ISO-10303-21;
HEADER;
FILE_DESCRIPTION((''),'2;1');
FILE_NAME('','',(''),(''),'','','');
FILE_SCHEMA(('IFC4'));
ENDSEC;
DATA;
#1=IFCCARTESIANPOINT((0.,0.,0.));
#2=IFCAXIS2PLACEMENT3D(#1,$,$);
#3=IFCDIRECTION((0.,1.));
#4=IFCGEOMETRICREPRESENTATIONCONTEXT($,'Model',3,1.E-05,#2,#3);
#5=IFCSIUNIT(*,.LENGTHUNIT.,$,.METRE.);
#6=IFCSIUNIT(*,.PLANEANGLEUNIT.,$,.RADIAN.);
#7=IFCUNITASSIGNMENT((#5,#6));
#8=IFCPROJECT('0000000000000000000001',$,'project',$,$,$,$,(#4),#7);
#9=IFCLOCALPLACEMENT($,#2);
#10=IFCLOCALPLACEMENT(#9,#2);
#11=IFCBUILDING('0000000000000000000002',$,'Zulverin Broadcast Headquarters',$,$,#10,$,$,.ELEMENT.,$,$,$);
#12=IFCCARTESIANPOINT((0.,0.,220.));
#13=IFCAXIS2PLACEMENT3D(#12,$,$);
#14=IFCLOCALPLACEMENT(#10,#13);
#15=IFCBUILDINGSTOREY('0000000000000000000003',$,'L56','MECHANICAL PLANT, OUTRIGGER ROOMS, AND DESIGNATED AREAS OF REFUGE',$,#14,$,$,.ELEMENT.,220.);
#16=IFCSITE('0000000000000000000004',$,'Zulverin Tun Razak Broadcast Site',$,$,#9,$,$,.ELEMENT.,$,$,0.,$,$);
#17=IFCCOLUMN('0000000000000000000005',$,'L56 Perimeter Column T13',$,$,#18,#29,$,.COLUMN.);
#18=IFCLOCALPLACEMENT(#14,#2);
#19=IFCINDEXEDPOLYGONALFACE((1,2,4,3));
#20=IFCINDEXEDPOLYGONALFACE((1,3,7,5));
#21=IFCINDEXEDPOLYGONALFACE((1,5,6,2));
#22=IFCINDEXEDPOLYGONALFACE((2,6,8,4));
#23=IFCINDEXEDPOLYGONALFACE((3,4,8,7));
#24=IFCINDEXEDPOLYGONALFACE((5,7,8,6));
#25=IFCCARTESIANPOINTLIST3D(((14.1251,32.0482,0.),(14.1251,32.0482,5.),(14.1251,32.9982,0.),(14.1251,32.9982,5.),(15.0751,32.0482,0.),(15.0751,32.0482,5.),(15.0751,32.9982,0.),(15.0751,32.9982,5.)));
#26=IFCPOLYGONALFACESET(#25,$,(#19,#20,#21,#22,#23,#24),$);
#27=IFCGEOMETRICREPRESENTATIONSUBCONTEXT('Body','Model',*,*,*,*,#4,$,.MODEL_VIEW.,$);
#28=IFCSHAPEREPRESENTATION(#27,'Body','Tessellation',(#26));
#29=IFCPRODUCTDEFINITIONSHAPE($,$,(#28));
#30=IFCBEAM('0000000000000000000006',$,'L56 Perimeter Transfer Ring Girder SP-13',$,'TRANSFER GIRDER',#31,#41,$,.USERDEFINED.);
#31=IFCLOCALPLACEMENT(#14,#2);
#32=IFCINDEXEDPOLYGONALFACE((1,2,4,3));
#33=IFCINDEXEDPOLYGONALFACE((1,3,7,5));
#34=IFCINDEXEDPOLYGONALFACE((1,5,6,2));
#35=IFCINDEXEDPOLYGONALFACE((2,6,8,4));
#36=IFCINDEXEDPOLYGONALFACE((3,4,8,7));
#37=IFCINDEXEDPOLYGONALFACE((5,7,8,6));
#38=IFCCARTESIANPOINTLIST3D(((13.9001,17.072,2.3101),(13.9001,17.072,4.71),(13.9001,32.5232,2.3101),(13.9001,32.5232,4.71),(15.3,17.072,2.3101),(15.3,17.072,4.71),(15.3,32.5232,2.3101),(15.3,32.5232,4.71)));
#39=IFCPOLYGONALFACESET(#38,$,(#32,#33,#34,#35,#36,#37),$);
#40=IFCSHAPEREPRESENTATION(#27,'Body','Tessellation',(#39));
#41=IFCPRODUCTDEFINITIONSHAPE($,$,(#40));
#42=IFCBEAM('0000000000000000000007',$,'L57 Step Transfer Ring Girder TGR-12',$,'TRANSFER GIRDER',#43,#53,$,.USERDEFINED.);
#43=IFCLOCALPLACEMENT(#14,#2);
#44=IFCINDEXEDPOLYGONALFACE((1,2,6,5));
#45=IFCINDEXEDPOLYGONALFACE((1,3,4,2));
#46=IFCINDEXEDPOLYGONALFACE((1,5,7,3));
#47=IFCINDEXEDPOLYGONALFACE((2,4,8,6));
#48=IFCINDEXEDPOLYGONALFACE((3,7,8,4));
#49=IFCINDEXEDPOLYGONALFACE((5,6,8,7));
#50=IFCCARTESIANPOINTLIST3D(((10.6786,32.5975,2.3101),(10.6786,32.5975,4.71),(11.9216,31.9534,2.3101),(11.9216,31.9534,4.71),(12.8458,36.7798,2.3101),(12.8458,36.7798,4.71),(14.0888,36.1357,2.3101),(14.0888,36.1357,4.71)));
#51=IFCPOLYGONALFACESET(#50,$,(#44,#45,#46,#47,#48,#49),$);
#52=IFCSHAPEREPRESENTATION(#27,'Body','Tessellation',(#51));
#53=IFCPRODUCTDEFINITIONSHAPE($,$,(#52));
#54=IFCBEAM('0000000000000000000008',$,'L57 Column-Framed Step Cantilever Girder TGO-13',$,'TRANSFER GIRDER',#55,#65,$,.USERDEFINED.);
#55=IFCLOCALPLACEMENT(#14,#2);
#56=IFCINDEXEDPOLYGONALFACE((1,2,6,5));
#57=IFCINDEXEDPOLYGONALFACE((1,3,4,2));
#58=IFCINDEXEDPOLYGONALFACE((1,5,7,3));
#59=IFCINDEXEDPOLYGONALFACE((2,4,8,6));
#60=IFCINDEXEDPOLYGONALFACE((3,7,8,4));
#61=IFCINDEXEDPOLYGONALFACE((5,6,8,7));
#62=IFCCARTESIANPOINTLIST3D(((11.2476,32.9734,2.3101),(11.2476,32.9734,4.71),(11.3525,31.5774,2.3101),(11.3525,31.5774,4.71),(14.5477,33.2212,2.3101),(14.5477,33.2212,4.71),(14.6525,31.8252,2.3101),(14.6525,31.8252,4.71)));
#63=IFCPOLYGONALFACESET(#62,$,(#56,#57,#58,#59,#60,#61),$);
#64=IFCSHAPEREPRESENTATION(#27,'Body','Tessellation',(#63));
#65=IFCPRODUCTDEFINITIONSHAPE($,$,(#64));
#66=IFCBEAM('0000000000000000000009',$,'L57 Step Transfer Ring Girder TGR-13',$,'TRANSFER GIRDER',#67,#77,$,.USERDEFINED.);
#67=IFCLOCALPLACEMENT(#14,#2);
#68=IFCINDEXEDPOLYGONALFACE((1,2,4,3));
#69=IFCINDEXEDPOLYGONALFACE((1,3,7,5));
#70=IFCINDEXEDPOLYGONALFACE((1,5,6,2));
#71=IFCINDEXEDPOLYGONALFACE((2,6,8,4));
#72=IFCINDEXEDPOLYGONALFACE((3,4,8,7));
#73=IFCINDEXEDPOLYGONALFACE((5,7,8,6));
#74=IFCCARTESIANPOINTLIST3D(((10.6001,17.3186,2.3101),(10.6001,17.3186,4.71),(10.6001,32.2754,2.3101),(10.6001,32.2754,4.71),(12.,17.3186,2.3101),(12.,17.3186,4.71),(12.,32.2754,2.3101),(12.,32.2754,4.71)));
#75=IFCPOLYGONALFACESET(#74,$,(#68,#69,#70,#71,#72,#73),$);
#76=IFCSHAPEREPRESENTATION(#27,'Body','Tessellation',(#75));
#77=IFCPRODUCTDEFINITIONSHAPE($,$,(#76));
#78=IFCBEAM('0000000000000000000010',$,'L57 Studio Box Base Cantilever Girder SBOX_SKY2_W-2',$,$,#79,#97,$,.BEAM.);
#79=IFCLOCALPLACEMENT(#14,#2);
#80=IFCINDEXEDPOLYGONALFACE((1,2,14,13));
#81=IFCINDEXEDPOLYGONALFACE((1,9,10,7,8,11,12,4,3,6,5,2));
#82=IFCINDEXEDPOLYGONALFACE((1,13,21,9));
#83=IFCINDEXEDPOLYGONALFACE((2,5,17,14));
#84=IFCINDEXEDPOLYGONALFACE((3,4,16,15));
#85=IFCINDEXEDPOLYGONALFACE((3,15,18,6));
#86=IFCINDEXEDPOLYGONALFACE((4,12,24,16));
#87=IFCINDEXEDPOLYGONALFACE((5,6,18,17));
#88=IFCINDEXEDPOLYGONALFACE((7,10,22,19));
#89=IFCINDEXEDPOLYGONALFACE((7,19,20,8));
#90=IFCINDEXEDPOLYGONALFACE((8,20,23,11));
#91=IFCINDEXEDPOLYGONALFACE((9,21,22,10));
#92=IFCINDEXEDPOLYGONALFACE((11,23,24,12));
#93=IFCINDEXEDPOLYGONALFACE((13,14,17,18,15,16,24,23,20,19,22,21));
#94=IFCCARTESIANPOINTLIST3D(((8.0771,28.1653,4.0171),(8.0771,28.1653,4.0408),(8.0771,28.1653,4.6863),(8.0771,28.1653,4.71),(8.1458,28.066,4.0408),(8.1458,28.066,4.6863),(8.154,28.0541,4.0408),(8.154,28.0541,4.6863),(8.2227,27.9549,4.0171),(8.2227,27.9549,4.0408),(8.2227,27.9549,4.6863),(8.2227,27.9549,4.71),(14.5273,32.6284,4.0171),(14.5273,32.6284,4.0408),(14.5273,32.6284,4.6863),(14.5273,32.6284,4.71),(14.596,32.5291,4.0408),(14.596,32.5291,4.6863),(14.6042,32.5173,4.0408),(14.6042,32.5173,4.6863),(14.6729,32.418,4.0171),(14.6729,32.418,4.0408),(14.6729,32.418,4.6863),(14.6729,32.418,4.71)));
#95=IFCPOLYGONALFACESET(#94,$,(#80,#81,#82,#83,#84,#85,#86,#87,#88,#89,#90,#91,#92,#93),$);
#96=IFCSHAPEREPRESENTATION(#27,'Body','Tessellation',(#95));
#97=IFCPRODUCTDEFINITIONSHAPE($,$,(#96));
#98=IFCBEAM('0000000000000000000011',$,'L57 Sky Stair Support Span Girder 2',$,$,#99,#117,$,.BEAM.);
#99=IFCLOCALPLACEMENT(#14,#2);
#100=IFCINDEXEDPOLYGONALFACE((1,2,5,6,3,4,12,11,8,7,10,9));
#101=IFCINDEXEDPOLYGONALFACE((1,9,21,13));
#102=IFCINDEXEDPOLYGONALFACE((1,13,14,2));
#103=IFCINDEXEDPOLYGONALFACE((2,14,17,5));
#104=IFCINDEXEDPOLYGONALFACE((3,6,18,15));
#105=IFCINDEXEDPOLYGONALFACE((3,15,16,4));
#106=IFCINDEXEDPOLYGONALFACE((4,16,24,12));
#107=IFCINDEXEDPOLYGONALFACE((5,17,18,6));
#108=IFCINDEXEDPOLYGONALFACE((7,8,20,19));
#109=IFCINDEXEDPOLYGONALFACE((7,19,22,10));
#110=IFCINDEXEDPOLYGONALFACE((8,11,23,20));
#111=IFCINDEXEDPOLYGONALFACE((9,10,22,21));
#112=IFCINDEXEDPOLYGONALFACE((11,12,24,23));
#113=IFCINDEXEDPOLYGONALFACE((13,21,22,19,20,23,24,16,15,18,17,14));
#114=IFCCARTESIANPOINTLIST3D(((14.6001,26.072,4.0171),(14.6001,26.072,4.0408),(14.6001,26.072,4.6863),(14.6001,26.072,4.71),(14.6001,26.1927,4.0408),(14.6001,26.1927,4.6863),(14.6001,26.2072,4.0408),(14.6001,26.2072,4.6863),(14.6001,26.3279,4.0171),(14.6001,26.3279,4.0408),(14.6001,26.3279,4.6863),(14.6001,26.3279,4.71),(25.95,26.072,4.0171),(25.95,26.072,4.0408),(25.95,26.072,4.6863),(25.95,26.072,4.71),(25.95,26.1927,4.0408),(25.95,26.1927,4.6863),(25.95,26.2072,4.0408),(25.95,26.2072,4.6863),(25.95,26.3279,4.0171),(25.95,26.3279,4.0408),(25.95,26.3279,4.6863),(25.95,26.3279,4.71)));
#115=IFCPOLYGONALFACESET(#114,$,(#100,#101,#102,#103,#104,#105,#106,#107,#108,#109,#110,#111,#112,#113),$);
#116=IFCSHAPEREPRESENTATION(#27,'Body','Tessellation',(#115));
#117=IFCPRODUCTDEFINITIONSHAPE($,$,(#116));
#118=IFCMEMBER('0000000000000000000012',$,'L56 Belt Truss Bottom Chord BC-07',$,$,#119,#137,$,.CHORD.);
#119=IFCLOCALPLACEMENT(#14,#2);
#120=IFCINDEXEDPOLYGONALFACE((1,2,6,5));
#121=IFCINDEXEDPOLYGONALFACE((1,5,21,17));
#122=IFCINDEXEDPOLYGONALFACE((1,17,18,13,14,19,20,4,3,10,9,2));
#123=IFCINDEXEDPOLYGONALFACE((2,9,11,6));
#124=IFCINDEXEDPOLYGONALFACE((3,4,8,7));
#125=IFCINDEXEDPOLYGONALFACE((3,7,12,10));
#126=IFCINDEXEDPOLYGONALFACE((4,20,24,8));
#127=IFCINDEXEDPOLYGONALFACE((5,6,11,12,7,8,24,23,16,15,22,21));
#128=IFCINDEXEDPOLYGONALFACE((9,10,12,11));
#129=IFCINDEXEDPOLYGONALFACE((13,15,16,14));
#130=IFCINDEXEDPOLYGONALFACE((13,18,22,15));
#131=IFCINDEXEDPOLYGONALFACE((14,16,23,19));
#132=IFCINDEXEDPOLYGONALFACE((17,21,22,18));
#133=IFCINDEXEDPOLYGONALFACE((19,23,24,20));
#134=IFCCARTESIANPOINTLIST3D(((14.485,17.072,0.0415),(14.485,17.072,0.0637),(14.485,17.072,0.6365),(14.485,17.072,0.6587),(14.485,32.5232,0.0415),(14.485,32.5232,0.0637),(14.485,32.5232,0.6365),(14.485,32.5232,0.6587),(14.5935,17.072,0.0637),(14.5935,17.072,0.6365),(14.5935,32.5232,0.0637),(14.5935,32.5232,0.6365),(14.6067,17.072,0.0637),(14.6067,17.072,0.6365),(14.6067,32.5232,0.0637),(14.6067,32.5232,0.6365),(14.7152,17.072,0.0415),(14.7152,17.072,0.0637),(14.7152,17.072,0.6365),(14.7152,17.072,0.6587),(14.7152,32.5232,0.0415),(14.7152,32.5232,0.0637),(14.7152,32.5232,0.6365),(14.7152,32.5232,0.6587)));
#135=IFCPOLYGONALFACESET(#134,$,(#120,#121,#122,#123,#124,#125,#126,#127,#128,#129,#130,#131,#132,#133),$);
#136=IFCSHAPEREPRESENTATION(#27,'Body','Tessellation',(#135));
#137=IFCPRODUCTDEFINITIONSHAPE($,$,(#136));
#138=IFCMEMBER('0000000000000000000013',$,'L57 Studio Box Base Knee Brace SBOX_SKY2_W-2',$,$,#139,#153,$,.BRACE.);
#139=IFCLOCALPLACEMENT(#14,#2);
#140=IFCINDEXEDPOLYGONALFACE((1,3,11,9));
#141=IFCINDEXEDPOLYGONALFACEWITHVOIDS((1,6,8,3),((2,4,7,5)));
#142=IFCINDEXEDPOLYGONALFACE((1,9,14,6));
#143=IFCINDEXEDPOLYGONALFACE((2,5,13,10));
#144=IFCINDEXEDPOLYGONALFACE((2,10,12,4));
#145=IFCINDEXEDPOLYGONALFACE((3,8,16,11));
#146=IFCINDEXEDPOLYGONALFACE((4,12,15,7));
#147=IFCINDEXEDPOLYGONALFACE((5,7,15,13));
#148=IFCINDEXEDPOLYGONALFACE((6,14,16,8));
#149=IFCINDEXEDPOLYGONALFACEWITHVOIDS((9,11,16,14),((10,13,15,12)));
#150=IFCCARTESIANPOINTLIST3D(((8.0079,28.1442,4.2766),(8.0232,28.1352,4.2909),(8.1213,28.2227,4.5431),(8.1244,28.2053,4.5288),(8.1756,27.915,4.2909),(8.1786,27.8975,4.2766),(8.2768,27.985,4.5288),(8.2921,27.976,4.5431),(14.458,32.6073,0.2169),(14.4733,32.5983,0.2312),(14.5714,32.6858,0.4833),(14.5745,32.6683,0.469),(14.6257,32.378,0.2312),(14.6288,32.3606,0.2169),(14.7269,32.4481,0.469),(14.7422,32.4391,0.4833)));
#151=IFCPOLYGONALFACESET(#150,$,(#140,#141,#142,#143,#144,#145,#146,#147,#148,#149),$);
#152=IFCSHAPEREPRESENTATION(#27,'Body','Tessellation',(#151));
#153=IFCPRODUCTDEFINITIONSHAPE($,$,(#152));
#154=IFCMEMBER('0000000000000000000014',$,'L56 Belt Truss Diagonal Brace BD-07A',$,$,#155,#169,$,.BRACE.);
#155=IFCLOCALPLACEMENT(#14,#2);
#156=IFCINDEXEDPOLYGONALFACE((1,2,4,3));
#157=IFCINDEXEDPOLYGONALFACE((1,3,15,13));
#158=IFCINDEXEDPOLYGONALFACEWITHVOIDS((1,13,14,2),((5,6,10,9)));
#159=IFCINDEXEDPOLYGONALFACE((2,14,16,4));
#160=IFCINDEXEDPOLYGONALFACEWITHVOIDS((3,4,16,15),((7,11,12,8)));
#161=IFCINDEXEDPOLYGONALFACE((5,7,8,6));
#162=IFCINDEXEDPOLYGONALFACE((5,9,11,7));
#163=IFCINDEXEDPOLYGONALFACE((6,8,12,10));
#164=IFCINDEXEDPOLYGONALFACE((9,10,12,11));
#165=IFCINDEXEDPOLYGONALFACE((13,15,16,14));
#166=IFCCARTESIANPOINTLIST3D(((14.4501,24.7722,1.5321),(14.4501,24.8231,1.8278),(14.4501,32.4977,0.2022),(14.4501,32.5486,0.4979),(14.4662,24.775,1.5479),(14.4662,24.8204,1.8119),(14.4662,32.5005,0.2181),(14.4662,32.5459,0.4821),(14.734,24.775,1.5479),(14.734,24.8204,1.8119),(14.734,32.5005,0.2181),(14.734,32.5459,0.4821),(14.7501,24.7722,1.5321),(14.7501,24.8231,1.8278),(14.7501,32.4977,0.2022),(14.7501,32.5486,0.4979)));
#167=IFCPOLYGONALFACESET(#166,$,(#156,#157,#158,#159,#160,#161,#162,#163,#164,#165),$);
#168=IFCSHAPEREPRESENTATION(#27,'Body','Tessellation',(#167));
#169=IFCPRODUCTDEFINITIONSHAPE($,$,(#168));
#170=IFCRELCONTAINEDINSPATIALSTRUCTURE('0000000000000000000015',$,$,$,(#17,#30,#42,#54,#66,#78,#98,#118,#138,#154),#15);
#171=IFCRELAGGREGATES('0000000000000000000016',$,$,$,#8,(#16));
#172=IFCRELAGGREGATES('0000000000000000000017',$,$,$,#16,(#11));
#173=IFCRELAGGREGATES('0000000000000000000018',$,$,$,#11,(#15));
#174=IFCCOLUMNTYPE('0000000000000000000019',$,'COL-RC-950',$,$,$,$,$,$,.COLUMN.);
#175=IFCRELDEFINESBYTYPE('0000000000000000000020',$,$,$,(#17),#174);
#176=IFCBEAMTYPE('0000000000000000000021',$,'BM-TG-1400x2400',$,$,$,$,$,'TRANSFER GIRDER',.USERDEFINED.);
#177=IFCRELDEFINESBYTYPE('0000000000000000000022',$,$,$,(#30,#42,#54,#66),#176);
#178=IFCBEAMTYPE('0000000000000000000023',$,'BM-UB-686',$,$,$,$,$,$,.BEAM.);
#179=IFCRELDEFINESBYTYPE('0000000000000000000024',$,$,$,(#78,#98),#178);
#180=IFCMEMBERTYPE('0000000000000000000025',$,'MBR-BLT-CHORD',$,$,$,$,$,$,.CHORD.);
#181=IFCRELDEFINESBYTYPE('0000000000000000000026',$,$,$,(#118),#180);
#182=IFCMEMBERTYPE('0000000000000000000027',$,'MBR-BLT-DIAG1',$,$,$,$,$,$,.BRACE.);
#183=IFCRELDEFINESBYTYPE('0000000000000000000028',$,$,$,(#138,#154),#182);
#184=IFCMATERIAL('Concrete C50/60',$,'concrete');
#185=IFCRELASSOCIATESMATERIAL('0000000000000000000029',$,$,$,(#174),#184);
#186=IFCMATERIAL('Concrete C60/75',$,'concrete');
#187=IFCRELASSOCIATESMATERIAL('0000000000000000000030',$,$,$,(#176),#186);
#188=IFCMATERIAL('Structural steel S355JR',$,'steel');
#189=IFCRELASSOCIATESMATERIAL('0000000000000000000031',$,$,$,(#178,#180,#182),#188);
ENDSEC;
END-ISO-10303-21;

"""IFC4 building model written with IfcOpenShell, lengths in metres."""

from ifc_helpers import new_model, si_unit, direction, frame, origin, origin_2d, place, context, subcontext, project, spatial, rectangle, hollow_rectangle, i_section, extrude, material, material_profile, profile_set, type_object, element, save


model = new_model("IFC4")

# Units and contexts
model_context = context("Model", 3, precision=1e-05, world=origin(), true_north=direction((0.0, 1.0)))
body_context = subcontext(model_context, "Body", "Model", "MODEL_VIEW")
ifc_project = project(units=[si_unit("LENGTHUNIT", "METRE"), si_unit("PLANEANGLEUNIT", "RADIAN")], contexts=[model_context])

# Site, building, storey
site_placement = place(None, origin())
site = spatial("IfcSite", under=ifc_project, at=site_placement, Name="Zulverin Tun Razak Broadcast Site", CompositionType="ELEMENT", RefElevation=0.0)
building_placement = place(site_placement, origin())
building = spatial("IfcBuilding", under=site, at=building_placement, Name="Zulverin Broadcast Headquarters", CompositionType="ELEMENT")
storey_placement = place(building_placement, frame((0.0, 0.0, 220.0)))
storey = spatial("IfcBuildingStorey", under=building, at=storey_placement, Name="L56", Description="MECHANICAL PLANT, OUTRIGGER ROOMS, AND DESIGNATED AREAS OF REFUGE", CompositionType="ELEMENT", Elevation=220.0)

# Column
ifc_material_1 = material(Name="Concrete C50/60", Category="concrete")
ifc_material_profile_1 = material_profile(ifc_material_1, rectangle(XDim=0.95, YDim=0.95, at=origin_2d()), Name="Concrete C50/60", Category="concrete")
ifc_profile_set_1 = profile_set([ifc_material_profile_1], Name="Concrete C50/60")
column_type = type_object("IfcColumnType", Name="COL-RC-950", PredefinedType="COLUMN", material=ifc_profile_set_1)
column_placement = place(storey_placement, frame((14.6001, 32.5232, 0.0), z_axis=(0.0, 0.0, 1.0), x_axis=(1.0, 0.0, 0.0)))
element("IfcColumn", 1, at=column_placement, inside=storey, type_object=column_type, Name="L56 Perimeter Column T13", PredefinedType="COLUMN", context=body_context, shape_type="SweptSolid", body=[
    extrude(rectangle(XDim=0.95, YDim=0.95, at=origin_2d()), origin(), (0.0, 0.0, 1.0), 5.0),
])

# Beams
ifc_material_2 = material(Name="Concrete C60/75", Category="concrete")
ifc_material_profile_2 = material_profile(ifc_material_2, rectangle(XDim=1.3999, YDim=2.3999, at=origin_2d()), Name="Concrete C60/75", Category="concrete")
ifc_profile_set_2 = profile_set([ifc_material_profile_2], Name="Concrete C60/75")
beam_type_1 = type_object("IfcBeamType", Name="BM-TG-1400x2400", ElementType="TRANSFER GIRDER", PredefinedType="USERDEFINED", material=ifc_profile_set_2)
beam_1_placement = place(storey_placement, frame((14.6001, 32.5232, 3.51), z_axis=(0.0, -1.0, 0.0), x_axis=(1.0, 0.0, 0.0)))
element("IfcBeam", 2, at=beam_1_placement, inside=storey, type_object=beam_type_1, Name="L56 Perimeter Transfer Ring Girder SP-13", ObjectType="TRANSFER GIRDER", PredefinedType="USERDEFINED", context=body_context, shape_type="SweptSolid", body=[
    extrude(rectangle(XDim=1.3999, YDim=2.3999, at=origin_2d()), origin(), (0.0, 0.0, 1.0), 15.4512),
])
beam_2_placement = place(storey_placement, frame((13.4673, 36.4578, 3.51), z_axis=(-0.460083, -0.887876, 0.0), x_axis=(0.887876, -0.460083, 0.0)))
element("IfcBeam", 3, at=beam_2_placement, inside=storey, type_object=beam_type_1, Name="L57 Step Transfer Ring Girder TGR-12", ObjectType="TRANSFER GIRDER", PredefinedType="USERDEFINED", context=body_context, shape_type="SweptSolid", body=[
    extrude(rectangle(XDim=1.3999, YDim=2.3999, at=origin_2d()), origin(), (0.0, 0.0, 1.0), 4.7104),
])
beam_3_placement = place(storey_placement, frame((14.6001, 32.5232, 3.51), z_axis=(-0.997193, -0.07488, 0.0), x_axis=(0.07488, -0.997193, 0.0)))
element("IfcBeam", 4, at=beam_3_placement, inside=storey, type_object=beam_type_1, Name="L57 Column-Framed Step Cantilever Girder TGO-13", ObjectType="TRANSFER GIRDER", PredefinedType="USERDEFINED", context=body_context, shape_type="SweptSolid", body=[
    extrude(rectangle(XDim=1.3999, YDim=2.3999, at=origin_2d()), origin(), (0.0, 0.0, 1.0), 3.3093),
])
beam_4_placement = place(storey_placement, frame((11.3, 32.2754, 3.51), z_axis=(0.0, -1.0, 0.0), x_axis=(1.0, 0.0, 0.0)))
element("IfcBeam", 5, at=beam_4_placement, inside=storey, type_object=beam_type_1, Name="L57 Step Transfer Ring Girder TGR-13", ObjectType="TRANSFER GIRDER", PredefinedType="USERDEFINED", context=body_context, shape_type="SweptSolid", body=[
    extrude(rectangle(XDim=1.3999, YDim=2.3999, at=origin_2d()), origin(), (0.0, 0.0, 1.0), 14.9568),
])
ifc_material_3 = material(Name="Structural steel S355JR", Category="steel")
ifc_material_profile_3 = material_profile(ifc_material_3, i_section(OverallWidth=0.2559, OverallDepth=0.6929, WebThickness=0.0144, FlangeThickness=0.0237, at=origin_2d()), Name="Structural steel S355JR", Category="steel")
ifc_profile_set_3 = profile_set([ifc_material_profile_3], Name="Structural steel S355JR")
beam_type_2 = type_object("IfcBeamType", Name="BM-UB-686", PredefinedType="BEAM", material=ifc_profile_set_3)
beam_5_placement = place(storey_placement, frame((14.6001, 32.5232, 4.3635), z_axis=(-0.822334, -0.569004, 0.0), x_axis=(0.569004, -0.822334, 0.0)))
element("IfcBeam", 6, at=beam_5_placement, inside=storey, type_object=beam_type_2, Name="L57 Studio Box Base Cantilever Girder SBOX_SKY2_W-2", PredefinedType="BEAM", context=body_context, shape_type="SweptSolid", body=[
    extrude(i_section(OverallWidth=0.2559, OverallDepth=0.6929, WebThickness=0.0144, FlangeThickness=0.0237, at=origin_2d()), origin(), (0.0, 0.0, 1.0), 7.8438),
])
beam_6_placement = place(storey_placement, frame((14.6001, 26.2, 4.3635), z_axis=(1.0, 0.0, 0.0), x_axis=(0.0, 1.0, 0.0)))
element("IfcBeam", 7, at=beam_6_placement, inside=storey, type_object=beam_type_2, Name="L57 Sky Stair Support Span Girder 2", PredefinedType="BEAM", context=body_context, shape_type="SweptSolid", body=[
    extrude(i_section(OverallWidth=0.2559, OverallDepth=0.6929, WebThickness=0.0144, FlangeThickness=0.0237, at=origin_2d()), origin(), (0.0, 0.0, 1.0), 11.3499),
])

# Members
ifc_material_profile_4 = material_profile(ifc_material_3, i_section(OverallWidth=0.2302, OverallDepth=0.6172, WebThickness=0.0132, FlangeThickness=0.0222, at=origin_2d()), Name="Structural steel S355JR", Category="steel")
ifc_profile_set_4 = profile_set([ifc_material_profile_4], Name="Structural steel S355JR")
member_type_1 = type_object("IfcMemberType", Name="MBR-BLT-CHORD", PredefinedType="CHORD", material=ifc_profile_set_4)
member_1_placement = place(storey_placement, frame((14.6001, 32.5232, 0.3501), z_axis=(0.0, -1.0, 0.0), x_axis=(1.0, 0.0, 0.0)))
element("IfcMember", 8, at=member_1_placement, inside=storey, type_object=member_type_1, Name="L56 Belt Truss Bottom Chord BC-07", PredefinedType="CHORD", context=body_context, shape_type="SweptSolid", body=[
    extrude(i_section(OverallWidth=0.2302, OverallDepth=0.6172, WebThickness=0.0132, FlangeThickness=0.0222, at=origin_2d()), origin(), (0.0, 0.0, 1.0), 15.4512),
])
ifc_material_profile_5 = material_profile(ifc_material_3, hollow_rectangle(XDim=0.3, YDim=0.3, WallThickness=0.0161, at=origin_2d()), Name="Structural steel S355JR", Category="steel")
ifc_profile_set_5 = profile_set([ifc_material_profile_5], Name="Structural steel S355JR")
member_type_2 = type_object("IfcMemberType", Name="MBR-BLT-DIAG1", PredefinedType="BRACE", material=ifc_profile_set_5)
member_2_placement = place(storey_placement, frame((14.6001, 32.5232, 0.3501), z_axis=(-0.73031, -0.505329, 0.459664), x_axis=(0.569004, -0.822334, 0.0)))
element("IfcMember", 9, at=member_2_placement, inside=storey, type_object=member_type_2, Name="L57 Studio Box Base Knee Brace SBOX_SKY2_W-2", PredefinedType="BRACE", context=body_context, shape_type="SweptSolid", body=[
    extrude(hollow_rectangle(XDim=0.3, YDim=0.3, WallThickness=0.0161, at=origin_2d()), origin(), (0.0, 0.0, 1.0), 8.832),
])
member_3_placement = place(storey_placement, frame((14.6001, 32.5232, 0.3501), z_axis=(0.0, -0.985506, 0.169639), x_axis=(1.0, 0.0, 0.0)))
element("IfcMember", 10, at=member_3_placement, inside=storey, type_object=member_type_2, Name="L56 Belt Truss Diagonal Brace BD-07A", PredefinedType="BRACE", context=body_context, shape_type="SweptSolid", body=[
    extrude(hollow_rectangle(XDim=0.3, YDim=0.3, WallThickness=0.0161, at=origin_2d()), origin(), (0.0, 0.0, 1.0), 7.8391),
])

save(model, "model.ifc")
